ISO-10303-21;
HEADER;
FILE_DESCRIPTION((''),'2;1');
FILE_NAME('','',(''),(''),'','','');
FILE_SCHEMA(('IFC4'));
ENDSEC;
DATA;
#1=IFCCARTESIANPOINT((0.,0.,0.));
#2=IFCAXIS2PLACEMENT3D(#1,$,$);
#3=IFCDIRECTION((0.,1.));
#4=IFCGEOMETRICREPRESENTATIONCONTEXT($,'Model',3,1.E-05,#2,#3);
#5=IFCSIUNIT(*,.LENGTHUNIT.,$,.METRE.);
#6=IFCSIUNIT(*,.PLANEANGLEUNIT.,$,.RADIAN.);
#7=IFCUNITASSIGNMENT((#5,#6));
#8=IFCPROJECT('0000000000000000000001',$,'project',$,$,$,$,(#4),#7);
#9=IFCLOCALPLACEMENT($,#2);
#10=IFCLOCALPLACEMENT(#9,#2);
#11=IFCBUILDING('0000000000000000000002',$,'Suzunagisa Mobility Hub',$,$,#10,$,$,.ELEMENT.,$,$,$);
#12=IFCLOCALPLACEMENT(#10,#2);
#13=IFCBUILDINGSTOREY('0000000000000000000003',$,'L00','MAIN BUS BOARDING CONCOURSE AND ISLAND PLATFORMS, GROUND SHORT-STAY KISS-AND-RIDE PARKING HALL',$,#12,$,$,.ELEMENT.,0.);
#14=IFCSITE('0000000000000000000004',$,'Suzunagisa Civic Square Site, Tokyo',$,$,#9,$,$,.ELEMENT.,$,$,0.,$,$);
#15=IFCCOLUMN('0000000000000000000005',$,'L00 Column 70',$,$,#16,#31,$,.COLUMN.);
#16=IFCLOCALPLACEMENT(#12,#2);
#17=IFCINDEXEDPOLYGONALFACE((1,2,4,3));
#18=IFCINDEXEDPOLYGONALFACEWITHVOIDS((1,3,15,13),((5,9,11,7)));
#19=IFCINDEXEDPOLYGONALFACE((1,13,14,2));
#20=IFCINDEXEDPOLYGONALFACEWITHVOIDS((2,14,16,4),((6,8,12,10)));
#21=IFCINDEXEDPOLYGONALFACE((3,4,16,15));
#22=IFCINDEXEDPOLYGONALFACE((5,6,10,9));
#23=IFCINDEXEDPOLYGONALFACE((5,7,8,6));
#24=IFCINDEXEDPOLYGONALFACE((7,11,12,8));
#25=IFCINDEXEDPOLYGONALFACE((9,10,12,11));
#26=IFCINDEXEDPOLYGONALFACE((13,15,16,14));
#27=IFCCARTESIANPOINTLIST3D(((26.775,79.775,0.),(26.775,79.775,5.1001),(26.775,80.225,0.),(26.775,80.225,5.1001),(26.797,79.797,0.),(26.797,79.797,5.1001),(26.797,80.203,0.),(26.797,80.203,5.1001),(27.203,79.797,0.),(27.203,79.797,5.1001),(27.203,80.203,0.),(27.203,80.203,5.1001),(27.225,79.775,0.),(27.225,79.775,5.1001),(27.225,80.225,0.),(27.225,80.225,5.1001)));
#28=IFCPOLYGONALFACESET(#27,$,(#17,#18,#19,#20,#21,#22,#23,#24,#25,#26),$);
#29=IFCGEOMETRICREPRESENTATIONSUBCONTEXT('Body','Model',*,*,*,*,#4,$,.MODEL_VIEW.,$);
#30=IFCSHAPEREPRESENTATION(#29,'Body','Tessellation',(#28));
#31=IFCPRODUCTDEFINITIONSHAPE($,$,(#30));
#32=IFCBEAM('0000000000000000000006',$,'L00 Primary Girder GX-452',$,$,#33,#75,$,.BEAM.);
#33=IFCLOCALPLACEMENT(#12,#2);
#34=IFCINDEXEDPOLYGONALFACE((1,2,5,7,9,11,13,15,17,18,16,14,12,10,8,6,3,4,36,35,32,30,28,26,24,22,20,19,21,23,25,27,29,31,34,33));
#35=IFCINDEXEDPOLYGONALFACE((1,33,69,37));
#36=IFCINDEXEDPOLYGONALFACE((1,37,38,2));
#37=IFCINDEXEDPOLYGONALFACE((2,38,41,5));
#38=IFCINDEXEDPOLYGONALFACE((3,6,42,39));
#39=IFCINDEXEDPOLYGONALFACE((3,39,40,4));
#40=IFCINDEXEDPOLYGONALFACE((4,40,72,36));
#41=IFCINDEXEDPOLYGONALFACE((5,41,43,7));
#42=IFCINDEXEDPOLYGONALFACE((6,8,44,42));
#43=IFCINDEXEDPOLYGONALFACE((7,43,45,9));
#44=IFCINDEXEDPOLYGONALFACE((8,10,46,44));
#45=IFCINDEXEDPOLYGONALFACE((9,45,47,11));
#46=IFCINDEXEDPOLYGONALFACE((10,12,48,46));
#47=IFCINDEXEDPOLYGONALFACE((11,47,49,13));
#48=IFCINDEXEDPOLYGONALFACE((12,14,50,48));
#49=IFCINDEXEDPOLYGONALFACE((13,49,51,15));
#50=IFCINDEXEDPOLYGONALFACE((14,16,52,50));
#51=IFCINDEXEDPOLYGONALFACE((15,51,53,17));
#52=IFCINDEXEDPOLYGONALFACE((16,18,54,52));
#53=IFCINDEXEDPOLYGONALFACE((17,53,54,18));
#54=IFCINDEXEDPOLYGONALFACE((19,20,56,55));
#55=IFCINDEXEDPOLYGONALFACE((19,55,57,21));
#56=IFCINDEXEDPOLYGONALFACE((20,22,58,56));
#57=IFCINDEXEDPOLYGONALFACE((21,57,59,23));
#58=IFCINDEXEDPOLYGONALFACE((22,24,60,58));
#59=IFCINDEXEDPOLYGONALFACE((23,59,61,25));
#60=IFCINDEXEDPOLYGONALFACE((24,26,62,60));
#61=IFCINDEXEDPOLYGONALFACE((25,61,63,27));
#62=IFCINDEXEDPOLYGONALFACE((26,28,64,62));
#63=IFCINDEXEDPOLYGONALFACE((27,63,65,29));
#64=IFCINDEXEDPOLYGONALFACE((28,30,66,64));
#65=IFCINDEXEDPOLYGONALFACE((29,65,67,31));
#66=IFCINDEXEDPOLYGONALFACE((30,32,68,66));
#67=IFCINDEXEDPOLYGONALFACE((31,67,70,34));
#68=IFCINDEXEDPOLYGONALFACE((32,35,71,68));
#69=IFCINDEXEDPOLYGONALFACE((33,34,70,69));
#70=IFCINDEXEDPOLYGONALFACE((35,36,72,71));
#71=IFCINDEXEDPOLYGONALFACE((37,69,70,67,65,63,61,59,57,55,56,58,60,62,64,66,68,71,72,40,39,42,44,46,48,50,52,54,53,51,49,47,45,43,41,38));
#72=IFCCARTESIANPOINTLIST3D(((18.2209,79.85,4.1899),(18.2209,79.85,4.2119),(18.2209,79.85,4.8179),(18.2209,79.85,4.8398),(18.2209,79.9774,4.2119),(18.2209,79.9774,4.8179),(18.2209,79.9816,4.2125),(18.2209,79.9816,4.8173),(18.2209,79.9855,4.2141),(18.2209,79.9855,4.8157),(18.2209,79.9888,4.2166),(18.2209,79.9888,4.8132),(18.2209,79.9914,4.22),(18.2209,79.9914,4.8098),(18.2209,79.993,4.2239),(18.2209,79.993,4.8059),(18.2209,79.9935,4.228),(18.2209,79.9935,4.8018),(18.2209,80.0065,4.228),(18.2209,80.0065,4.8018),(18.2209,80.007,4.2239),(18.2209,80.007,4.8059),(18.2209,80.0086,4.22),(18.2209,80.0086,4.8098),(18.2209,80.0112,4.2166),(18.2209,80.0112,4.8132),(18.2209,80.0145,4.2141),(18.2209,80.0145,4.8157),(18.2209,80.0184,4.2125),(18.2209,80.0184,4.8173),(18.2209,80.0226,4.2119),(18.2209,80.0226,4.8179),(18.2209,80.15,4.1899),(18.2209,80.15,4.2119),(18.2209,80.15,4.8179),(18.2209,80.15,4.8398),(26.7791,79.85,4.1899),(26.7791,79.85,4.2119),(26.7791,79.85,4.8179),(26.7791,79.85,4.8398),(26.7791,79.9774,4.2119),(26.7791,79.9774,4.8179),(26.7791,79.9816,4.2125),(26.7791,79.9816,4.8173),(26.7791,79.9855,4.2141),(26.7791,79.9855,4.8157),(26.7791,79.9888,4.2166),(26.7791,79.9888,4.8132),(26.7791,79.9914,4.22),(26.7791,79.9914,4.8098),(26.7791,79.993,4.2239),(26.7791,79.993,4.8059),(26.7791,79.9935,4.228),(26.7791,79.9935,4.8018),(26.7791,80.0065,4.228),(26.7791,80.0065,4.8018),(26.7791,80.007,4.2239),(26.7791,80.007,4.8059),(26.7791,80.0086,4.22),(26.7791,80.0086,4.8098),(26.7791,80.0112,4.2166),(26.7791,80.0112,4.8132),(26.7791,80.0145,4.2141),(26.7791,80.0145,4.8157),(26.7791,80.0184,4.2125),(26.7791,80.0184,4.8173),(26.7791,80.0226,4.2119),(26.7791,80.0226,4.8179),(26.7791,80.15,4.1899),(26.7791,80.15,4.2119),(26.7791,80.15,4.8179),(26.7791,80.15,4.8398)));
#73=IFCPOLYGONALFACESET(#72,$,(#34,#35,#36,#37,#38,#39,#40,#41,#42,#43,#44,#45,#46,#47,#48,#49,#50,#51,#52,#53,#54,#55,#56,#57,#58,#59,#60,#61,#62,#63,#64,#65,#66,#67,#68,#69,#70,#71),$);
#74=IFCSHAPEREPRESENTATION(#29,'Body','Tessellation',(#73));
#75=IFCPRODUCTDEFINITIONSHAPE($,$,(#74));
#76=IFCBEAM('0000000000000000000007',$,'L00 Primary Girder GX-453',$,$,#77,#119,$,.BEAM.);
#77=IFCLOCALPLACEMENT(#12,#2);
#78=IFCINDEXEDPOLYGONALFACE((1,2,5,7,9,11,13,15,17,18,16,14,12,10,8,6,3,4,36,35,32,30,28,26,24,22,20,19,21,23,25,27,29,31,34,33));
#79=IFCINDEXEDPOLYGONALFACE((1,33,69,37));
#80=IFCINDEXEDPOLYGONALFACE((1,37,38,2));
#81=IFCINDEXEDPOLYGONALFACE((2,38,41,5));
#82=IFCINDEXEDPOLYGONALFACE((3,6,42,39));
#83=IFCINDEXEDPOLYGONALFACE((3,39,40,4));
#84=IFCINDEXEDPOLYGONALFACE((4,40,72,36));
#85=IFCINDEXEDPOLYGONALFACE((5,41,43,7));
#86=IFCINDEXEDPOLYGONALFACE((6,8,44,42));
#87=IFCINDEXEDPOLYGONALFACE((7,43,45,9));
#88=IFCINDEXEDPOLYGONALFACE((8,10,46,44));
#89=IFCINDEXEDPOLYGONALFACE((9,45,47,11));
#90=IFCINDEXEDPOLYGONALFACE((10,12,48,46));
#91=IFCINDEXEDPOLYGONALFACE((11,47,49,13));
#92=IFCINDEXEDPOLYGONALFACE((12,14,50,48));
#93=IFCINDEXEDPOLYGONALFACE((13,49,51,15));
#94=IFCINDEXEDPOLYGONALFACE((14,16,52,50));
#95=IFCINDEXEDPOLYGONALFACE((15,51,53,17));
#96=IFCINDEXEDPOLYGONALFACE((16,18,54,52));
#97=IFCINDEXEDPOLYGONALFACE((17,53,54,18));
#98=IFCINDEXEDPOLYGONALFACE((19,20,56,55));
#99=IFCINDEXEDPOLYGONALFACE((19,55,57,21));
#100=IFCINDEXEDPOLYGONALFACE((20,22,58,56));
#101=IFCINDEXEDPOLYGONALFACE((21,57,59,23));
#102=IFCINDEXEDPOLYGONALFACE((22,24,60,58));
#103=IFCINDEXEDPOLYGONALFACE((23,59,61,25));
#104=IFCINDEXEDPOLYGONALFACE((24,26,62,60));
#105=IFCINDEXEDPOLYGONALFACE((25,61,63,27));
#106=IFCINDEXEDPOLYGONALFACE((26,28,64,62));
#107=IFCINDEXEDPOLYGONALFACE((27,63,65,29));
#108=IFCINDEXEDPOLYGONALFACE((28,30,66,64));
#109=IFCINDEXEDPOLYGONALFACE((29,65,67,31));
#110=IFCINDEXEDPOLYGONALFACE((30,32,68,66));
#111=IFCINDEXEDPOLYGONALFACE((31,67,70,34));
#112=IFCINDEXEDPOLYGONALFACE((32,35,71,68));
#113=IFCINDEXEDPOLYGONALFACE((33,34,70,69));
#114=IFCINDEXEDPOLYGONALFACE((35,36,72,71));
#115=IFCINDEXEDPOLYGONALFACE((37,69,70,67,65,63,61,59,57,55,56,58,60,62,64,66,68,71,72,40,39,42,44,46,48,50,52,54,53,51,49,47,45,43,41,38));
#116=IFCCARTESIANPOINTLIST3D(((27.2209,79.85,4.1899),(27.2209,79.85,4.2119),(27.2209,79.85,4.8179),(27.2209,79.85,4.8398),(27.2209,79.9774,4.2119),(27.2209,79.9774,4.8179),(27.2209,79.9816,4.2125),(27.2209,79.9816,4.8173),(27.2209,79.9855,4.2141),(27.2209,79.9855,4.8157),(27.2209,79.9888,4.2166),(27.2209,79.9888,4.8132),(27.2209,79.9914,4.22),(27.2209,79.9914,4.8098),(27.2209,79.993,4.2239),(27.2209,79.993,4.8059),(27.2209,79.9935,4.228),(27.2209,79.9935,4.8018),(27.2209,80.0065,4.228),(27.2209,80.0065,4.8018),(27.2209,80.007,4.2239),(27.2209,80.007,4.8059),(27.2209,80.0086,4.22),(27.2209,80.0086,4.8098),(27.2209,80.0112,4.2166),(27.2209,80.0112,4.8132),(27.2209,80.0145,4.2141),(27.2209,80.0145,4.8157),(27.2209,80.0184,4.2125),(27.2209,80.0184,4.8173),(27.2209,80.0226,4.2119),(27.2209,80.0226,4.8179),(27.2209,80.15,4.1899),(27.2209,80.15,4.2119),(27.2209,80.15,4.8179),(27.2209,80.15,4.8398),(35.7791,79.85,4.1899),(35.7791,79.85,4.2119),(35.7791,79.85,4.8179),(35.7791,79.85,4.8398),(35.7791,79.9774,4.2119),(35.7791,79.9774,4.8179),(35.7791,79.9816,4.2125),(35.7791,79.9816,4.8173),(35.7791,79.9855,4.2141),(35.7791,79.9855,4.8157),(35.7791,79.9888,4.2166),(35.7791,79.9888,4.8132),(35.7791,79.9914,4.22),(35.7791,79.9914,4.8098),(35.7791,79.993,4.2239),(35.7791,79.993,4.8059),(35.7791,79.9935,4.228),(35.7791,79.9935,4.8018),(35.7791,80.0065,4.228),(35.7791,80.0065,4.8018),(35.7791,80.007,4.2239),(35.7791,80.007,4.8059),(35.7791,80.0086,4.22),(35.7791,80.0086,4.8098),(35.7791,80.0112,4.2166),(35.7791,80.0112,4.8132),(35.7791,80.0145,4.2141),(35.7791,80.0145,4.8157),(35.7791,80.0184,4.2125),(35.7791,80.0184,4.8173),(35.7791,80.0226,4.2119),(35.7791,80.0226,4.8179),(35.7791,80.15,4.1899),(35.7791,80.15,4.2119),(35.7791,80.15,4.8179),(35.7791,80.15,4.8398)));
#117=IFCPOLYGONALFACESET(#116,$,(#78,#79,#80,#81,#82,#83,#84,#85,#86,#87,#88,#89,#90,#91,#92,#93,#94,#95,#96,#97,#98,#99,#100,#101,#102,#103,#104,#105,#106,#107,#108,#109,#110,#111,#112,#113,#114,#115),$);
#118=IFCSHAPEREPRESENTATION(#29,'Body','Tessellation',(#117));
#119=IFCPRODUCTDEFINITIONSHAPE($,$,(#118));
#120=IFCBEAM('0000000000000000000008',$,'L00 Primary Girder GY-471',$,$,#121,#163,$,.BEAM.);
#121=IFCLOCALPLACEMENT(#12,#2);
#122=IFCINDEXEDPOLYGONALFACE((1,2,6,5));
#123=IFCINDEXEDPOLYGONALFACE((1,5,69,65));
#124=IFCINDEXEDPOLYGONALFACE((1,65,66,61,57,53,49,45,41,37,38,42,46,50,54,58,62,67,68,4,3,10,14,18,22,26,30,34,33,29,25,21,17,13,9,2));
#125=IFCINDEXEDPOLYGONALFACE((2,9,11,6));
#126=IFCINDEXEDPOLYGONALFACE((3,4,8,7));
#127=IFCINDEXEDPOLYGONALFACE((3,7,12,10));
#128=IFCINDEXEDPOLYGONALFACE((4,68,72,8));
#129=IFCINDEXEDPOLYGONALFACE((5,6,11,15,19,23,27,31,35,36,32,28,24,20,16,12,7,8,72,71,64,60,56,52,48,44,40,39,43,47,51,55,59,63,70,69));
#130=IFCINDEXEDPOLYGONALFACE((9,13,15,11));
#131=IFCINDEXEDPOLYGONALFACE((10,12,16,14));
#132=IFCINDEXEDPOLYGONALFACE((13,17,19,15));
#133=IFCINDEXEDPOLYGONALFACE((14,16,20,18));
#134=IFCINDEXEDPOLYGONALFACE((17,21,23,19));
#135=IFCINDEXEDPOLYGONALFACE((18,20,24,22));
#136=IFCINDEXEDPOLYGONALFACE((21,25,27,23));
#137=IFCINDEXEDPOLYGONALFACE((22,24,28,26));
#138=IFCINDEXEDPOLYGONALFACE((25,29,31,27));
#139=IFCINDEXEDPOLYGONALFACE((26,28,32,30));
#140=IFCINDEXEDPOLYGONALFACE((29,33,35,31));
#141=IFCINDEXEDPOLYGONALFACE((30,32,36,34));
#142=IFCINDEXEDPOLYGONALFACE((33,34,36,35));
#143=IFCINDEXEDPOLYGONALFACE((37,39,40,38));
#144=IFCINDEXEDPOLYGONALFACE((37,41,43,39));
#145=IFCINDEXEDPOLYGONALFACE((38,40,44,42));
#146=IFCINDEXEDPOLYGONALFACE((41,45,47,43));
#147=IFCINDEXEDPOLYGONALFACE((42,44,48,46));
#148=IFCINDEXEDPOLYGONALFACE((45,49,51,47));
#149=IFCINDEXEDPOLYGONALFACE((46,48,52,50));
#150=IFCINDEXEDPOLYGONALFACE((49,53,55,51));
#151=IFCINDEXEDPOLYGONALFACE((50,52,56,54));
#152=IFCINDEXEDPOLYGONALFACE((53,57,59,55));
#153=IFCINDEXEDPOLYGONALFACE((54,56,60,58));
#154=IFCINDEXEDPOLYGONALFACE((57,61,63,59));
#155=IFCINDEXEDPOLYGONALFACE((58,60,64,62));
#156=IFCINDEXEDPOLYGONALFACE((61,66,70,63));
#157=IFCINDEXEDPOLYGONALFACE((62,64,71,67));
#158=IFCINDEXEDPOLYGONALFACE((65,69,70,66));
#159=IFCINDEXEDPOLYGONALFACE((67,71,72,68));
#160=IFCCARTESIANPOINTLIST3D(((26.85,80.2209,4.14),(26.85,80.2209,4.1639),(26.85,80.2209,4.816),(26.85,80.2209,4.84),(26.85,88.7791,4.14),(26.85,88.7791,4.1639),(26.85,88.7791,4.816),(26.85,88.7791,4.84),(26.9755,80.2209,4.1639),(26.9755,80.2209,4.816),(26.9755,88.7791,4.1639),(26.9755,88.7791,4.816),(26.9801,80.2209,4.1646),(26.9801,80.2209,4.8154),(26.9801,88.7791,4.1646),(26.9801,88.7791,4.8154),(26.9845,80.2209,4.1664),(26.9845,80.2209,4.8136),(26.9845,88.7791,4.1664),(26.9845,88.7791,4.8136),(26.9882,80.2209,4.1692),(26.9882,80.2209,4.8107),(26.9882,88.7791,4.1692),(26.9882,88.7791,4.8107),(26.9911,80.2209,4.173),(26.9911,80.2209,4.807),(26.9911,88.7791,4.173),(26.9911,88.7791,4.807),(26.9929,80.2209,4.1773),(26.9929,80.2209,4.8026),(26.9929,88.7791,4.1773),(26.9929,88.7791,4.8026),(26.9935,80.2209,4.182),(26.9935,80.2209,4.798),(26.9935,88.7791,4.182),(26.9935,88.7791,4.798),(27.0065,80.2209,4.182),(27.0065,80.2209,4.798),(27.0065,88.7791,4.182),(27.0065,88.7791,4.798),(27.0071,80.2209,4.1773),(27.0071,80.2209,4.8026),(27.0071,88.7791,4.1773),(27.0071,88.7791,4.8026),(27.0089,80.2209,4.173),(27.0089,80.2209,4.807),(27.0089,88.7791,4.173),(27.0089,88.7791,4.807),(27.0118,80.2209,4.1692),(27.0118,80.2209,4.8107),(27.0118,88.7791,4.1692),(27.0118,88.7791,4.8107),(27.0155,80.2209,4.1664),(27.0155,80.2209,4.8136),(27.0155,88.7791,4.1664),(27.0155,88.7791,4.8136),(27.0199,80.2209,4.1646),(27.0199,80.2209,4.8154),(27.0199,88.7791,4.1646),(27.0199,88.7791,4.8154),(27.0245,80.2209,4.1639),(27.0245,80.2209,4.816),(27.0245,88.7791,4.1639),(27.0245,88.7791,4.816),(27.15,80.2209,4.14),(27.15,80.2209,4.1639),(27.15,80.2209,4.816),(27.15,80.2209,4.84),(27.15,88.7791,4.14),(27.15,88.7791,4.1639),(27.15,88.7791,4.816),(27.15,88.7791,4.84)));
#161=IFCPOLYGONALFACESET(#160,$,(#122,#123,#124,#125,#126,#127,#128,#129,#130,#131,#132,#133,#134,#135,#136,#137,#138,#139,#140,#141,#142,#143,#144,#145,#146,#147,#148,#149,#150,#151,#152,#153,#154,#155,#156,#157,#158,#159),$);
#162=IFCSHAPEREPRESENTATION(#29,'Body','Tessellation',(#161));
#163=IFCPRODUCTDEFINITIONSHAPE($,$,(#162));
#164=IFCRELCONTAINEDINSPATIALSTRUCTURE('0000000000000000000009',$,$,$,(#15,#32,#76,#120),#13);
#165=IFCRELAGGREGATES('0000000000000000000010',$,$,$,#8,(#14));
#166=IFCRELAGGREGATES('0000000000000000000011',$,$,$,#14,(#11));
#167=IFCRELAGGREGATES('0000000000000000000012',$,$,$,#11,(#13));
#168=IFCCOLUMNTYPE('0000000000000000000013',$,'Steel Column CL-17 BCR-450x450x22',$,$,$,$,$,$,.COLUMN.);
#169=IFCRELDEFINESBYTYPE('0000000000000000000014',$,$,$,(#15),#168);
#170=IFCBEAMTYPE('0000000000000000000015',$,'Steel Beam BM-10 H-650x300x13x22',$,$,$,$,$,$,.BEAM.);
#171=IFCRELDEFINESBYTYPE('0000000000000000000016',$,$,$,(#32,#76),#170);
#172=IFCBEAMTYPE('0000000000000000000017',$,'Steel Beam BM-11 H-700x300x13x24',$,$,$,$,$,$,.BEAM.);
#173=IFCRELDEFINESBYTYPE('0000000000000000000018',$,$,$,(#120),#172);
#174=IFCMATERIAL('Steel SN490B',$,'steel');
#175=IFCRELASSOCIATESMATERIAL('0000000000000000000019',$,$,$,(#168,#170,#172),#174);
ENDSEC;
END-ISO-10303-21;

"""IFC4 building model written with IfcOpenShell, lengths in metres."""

from ifc_helpers import new_model, si_unit, direction, frame, origin, origin_2d, place, context, subcontext, project, spatial, hollow_rectangle, i_section, extrude, material, material_profile, profile_set, type_object, element, save


model = new_model("IFC4")

# Units and contexts
model_context = context("Model", 3, precision=1e-05, world=origin(), true_north=direction((0.0, 1.0)))
body_context = subcontext(model_context, "Body", "Model", "MODEL_VIEW")
ifc_project = project(units=[si_unit("LENGTHUNIT", "METRE"), si_unit("PLANEANGLEUNIT", "RADIAN")], contexts=[model_context])

# Site, building, storey
site_placement = place(None, origin())
site = spatial("IfcSite", under=ifc_project, at=site_placement, Name="Suzunagisa Civic Square Site, Tokyo", CompositionType="ELEMENT", RefElevation=0.0)
building_placement = place(site_placement, origin())
building = spatial("IfcBuilding", under=site, at=building_placement, Name="Suzunagisa Mobility Hub", CompositionType="ELEMENT")
storey_placement = place(building_placement, origin())
storey = spatial("IfcBuildingStorey", under=building, at=storey_placement, Name="L00", Description="MAIN BUS BOARDING CONCOURSE AND ISLAND PLATFORMS, GROUND SHORT-STAY KISS-AND-RIDE PARKING HALL", CompositionType="ELEMENT", Elevation=0.0)

# Column
ifc_material_1 = material(Name="Steel SN490B", Category="steel")
ifc_material_profile_1 = material_profile(ifc_material_1, hollow_rectangle(XDim=0.45, YDim=0.45, WallThickness=0.022, at=origin_2d()), Name="BCR-450x450x22")
ifc_profile_set_1 = profile_set([ifc_material_profile_1], Name="Steel SN490B")
column_type = type_object("IfcColumnType", Name="Steel Column CL-17 BCR-450x450x22", PredefinedType="COLUMN", material=ifc_profile_set_1)
column_placement = place(storey_placement, frame((27.0, 80.0, 0.0), z_axis=(0.0, 0.0, 1.0), x_axis=(1.0, 0.0, 0.0)))
element("IfcColumn", 1, at=column_placement, inside=storey, type_object=column_type, Name="L00 Column 70", PredefinedType="COLUMN", context=body_context, shape_type="SweptSolid", body=[
    extrude(hollow_rectangle(XDim=0.45, YDim=0.45, WallThickness=0.022, at=origin_2d()), origin(), (0.0, 0.0, 1.0), 5.1001),
])

# Beams
ifc_material_profile_2 = material_profile(ifc_material_1, i_section(OverallWidth=0.3, OverallDepth=0.6499, WebThickness=0.0129, FlangeThickness=0.022, FilletRadius=0.0161, at=origin_2d()), Name="H-650x300x13x22")
ifc_profile_set_2 = profile_set([ifc_material_profile_2], Name="Steel SN490B")
beam_type_1 = type_object("IfcBeamType", Name="Steel Beam BM-10 H-650x300x13x22", PredefinedType="BEAM", material=ifc_profile_set_2)
for number, where, z_axis, x_axis, name in (
    (2, (18.2209, 80.0, 4.5149), (1.0, 0.0, 0.0), (0.0, 1.0, 0.0), "L00 Primary Girder GX-452"),
    (3, (27.2209, 80.0, 4.5149), (1.0, 0.0, 0.0), (0.0, 1.0, 0.0), "L00 Primary Girder GX-453"),
):
    element("IfcBeam", number, at=place(storey_placement, frame(where, z_axis=z_axis, x_axis=x_axis)), inside=storey, type_object=beam_type_1, Name=name, PredefinedType="BEAM", context=body_context, shape_type="SweptSolid", body=[
        extrude(i_section(OverallWidth=0.3, OverallDepth=0.6499, WebThickness=0.0129, FlangeThickness=0.022, FilletRadius=0.0161, at=origin_2d()), origin(), (0.0, 0.0, 1.0), 8.5581),
    ])
ifc_material_profile_3 = material_profile(ifc_material_1, i_section(OverallWidth=0.3, OverallDepth=0.7, WebThickness=0.0129, FlangeThickness=0.0239, FilletRadius=0.0181, at=origin_2d()), Name="H-700x300x13x24")
ifc_profile_set_3 = profile_set([ifc_material_profile_3], Name="Steel SN490B")
beam_type_2 = type_object("IfcBeamType", Name="Steel Beam BM-11 H-700x300x13x24", PredefinedType="BEAM", material=ifc_profile_set_3)
beam_1_placement = place(storey_placement, frame((27.0, 80.2209, 4.49), z_axis=(0.0, 1.0, 0.0), x_axis=(-1.0, 0.0, 0.0)))
element("IfcBeam", 4, at=beam_1_placement, inside=storey, type_object=beam_type_2, Name="L00 Primary Girder GY-471", PredefinedType="BEAM", context=body_context, shape_type="SweptSolid", body=[
    extrude(i_section(OverallWidth=0.3, OverallDepth=0.7, WebThickness=0.0129, FlangeThickness=0.0239, FilletRadius=0.0181, at=origin_2d()), origin(), (0.0, 0.0, 1.0), 8.5581),
])

save(model, "model.ifc")
